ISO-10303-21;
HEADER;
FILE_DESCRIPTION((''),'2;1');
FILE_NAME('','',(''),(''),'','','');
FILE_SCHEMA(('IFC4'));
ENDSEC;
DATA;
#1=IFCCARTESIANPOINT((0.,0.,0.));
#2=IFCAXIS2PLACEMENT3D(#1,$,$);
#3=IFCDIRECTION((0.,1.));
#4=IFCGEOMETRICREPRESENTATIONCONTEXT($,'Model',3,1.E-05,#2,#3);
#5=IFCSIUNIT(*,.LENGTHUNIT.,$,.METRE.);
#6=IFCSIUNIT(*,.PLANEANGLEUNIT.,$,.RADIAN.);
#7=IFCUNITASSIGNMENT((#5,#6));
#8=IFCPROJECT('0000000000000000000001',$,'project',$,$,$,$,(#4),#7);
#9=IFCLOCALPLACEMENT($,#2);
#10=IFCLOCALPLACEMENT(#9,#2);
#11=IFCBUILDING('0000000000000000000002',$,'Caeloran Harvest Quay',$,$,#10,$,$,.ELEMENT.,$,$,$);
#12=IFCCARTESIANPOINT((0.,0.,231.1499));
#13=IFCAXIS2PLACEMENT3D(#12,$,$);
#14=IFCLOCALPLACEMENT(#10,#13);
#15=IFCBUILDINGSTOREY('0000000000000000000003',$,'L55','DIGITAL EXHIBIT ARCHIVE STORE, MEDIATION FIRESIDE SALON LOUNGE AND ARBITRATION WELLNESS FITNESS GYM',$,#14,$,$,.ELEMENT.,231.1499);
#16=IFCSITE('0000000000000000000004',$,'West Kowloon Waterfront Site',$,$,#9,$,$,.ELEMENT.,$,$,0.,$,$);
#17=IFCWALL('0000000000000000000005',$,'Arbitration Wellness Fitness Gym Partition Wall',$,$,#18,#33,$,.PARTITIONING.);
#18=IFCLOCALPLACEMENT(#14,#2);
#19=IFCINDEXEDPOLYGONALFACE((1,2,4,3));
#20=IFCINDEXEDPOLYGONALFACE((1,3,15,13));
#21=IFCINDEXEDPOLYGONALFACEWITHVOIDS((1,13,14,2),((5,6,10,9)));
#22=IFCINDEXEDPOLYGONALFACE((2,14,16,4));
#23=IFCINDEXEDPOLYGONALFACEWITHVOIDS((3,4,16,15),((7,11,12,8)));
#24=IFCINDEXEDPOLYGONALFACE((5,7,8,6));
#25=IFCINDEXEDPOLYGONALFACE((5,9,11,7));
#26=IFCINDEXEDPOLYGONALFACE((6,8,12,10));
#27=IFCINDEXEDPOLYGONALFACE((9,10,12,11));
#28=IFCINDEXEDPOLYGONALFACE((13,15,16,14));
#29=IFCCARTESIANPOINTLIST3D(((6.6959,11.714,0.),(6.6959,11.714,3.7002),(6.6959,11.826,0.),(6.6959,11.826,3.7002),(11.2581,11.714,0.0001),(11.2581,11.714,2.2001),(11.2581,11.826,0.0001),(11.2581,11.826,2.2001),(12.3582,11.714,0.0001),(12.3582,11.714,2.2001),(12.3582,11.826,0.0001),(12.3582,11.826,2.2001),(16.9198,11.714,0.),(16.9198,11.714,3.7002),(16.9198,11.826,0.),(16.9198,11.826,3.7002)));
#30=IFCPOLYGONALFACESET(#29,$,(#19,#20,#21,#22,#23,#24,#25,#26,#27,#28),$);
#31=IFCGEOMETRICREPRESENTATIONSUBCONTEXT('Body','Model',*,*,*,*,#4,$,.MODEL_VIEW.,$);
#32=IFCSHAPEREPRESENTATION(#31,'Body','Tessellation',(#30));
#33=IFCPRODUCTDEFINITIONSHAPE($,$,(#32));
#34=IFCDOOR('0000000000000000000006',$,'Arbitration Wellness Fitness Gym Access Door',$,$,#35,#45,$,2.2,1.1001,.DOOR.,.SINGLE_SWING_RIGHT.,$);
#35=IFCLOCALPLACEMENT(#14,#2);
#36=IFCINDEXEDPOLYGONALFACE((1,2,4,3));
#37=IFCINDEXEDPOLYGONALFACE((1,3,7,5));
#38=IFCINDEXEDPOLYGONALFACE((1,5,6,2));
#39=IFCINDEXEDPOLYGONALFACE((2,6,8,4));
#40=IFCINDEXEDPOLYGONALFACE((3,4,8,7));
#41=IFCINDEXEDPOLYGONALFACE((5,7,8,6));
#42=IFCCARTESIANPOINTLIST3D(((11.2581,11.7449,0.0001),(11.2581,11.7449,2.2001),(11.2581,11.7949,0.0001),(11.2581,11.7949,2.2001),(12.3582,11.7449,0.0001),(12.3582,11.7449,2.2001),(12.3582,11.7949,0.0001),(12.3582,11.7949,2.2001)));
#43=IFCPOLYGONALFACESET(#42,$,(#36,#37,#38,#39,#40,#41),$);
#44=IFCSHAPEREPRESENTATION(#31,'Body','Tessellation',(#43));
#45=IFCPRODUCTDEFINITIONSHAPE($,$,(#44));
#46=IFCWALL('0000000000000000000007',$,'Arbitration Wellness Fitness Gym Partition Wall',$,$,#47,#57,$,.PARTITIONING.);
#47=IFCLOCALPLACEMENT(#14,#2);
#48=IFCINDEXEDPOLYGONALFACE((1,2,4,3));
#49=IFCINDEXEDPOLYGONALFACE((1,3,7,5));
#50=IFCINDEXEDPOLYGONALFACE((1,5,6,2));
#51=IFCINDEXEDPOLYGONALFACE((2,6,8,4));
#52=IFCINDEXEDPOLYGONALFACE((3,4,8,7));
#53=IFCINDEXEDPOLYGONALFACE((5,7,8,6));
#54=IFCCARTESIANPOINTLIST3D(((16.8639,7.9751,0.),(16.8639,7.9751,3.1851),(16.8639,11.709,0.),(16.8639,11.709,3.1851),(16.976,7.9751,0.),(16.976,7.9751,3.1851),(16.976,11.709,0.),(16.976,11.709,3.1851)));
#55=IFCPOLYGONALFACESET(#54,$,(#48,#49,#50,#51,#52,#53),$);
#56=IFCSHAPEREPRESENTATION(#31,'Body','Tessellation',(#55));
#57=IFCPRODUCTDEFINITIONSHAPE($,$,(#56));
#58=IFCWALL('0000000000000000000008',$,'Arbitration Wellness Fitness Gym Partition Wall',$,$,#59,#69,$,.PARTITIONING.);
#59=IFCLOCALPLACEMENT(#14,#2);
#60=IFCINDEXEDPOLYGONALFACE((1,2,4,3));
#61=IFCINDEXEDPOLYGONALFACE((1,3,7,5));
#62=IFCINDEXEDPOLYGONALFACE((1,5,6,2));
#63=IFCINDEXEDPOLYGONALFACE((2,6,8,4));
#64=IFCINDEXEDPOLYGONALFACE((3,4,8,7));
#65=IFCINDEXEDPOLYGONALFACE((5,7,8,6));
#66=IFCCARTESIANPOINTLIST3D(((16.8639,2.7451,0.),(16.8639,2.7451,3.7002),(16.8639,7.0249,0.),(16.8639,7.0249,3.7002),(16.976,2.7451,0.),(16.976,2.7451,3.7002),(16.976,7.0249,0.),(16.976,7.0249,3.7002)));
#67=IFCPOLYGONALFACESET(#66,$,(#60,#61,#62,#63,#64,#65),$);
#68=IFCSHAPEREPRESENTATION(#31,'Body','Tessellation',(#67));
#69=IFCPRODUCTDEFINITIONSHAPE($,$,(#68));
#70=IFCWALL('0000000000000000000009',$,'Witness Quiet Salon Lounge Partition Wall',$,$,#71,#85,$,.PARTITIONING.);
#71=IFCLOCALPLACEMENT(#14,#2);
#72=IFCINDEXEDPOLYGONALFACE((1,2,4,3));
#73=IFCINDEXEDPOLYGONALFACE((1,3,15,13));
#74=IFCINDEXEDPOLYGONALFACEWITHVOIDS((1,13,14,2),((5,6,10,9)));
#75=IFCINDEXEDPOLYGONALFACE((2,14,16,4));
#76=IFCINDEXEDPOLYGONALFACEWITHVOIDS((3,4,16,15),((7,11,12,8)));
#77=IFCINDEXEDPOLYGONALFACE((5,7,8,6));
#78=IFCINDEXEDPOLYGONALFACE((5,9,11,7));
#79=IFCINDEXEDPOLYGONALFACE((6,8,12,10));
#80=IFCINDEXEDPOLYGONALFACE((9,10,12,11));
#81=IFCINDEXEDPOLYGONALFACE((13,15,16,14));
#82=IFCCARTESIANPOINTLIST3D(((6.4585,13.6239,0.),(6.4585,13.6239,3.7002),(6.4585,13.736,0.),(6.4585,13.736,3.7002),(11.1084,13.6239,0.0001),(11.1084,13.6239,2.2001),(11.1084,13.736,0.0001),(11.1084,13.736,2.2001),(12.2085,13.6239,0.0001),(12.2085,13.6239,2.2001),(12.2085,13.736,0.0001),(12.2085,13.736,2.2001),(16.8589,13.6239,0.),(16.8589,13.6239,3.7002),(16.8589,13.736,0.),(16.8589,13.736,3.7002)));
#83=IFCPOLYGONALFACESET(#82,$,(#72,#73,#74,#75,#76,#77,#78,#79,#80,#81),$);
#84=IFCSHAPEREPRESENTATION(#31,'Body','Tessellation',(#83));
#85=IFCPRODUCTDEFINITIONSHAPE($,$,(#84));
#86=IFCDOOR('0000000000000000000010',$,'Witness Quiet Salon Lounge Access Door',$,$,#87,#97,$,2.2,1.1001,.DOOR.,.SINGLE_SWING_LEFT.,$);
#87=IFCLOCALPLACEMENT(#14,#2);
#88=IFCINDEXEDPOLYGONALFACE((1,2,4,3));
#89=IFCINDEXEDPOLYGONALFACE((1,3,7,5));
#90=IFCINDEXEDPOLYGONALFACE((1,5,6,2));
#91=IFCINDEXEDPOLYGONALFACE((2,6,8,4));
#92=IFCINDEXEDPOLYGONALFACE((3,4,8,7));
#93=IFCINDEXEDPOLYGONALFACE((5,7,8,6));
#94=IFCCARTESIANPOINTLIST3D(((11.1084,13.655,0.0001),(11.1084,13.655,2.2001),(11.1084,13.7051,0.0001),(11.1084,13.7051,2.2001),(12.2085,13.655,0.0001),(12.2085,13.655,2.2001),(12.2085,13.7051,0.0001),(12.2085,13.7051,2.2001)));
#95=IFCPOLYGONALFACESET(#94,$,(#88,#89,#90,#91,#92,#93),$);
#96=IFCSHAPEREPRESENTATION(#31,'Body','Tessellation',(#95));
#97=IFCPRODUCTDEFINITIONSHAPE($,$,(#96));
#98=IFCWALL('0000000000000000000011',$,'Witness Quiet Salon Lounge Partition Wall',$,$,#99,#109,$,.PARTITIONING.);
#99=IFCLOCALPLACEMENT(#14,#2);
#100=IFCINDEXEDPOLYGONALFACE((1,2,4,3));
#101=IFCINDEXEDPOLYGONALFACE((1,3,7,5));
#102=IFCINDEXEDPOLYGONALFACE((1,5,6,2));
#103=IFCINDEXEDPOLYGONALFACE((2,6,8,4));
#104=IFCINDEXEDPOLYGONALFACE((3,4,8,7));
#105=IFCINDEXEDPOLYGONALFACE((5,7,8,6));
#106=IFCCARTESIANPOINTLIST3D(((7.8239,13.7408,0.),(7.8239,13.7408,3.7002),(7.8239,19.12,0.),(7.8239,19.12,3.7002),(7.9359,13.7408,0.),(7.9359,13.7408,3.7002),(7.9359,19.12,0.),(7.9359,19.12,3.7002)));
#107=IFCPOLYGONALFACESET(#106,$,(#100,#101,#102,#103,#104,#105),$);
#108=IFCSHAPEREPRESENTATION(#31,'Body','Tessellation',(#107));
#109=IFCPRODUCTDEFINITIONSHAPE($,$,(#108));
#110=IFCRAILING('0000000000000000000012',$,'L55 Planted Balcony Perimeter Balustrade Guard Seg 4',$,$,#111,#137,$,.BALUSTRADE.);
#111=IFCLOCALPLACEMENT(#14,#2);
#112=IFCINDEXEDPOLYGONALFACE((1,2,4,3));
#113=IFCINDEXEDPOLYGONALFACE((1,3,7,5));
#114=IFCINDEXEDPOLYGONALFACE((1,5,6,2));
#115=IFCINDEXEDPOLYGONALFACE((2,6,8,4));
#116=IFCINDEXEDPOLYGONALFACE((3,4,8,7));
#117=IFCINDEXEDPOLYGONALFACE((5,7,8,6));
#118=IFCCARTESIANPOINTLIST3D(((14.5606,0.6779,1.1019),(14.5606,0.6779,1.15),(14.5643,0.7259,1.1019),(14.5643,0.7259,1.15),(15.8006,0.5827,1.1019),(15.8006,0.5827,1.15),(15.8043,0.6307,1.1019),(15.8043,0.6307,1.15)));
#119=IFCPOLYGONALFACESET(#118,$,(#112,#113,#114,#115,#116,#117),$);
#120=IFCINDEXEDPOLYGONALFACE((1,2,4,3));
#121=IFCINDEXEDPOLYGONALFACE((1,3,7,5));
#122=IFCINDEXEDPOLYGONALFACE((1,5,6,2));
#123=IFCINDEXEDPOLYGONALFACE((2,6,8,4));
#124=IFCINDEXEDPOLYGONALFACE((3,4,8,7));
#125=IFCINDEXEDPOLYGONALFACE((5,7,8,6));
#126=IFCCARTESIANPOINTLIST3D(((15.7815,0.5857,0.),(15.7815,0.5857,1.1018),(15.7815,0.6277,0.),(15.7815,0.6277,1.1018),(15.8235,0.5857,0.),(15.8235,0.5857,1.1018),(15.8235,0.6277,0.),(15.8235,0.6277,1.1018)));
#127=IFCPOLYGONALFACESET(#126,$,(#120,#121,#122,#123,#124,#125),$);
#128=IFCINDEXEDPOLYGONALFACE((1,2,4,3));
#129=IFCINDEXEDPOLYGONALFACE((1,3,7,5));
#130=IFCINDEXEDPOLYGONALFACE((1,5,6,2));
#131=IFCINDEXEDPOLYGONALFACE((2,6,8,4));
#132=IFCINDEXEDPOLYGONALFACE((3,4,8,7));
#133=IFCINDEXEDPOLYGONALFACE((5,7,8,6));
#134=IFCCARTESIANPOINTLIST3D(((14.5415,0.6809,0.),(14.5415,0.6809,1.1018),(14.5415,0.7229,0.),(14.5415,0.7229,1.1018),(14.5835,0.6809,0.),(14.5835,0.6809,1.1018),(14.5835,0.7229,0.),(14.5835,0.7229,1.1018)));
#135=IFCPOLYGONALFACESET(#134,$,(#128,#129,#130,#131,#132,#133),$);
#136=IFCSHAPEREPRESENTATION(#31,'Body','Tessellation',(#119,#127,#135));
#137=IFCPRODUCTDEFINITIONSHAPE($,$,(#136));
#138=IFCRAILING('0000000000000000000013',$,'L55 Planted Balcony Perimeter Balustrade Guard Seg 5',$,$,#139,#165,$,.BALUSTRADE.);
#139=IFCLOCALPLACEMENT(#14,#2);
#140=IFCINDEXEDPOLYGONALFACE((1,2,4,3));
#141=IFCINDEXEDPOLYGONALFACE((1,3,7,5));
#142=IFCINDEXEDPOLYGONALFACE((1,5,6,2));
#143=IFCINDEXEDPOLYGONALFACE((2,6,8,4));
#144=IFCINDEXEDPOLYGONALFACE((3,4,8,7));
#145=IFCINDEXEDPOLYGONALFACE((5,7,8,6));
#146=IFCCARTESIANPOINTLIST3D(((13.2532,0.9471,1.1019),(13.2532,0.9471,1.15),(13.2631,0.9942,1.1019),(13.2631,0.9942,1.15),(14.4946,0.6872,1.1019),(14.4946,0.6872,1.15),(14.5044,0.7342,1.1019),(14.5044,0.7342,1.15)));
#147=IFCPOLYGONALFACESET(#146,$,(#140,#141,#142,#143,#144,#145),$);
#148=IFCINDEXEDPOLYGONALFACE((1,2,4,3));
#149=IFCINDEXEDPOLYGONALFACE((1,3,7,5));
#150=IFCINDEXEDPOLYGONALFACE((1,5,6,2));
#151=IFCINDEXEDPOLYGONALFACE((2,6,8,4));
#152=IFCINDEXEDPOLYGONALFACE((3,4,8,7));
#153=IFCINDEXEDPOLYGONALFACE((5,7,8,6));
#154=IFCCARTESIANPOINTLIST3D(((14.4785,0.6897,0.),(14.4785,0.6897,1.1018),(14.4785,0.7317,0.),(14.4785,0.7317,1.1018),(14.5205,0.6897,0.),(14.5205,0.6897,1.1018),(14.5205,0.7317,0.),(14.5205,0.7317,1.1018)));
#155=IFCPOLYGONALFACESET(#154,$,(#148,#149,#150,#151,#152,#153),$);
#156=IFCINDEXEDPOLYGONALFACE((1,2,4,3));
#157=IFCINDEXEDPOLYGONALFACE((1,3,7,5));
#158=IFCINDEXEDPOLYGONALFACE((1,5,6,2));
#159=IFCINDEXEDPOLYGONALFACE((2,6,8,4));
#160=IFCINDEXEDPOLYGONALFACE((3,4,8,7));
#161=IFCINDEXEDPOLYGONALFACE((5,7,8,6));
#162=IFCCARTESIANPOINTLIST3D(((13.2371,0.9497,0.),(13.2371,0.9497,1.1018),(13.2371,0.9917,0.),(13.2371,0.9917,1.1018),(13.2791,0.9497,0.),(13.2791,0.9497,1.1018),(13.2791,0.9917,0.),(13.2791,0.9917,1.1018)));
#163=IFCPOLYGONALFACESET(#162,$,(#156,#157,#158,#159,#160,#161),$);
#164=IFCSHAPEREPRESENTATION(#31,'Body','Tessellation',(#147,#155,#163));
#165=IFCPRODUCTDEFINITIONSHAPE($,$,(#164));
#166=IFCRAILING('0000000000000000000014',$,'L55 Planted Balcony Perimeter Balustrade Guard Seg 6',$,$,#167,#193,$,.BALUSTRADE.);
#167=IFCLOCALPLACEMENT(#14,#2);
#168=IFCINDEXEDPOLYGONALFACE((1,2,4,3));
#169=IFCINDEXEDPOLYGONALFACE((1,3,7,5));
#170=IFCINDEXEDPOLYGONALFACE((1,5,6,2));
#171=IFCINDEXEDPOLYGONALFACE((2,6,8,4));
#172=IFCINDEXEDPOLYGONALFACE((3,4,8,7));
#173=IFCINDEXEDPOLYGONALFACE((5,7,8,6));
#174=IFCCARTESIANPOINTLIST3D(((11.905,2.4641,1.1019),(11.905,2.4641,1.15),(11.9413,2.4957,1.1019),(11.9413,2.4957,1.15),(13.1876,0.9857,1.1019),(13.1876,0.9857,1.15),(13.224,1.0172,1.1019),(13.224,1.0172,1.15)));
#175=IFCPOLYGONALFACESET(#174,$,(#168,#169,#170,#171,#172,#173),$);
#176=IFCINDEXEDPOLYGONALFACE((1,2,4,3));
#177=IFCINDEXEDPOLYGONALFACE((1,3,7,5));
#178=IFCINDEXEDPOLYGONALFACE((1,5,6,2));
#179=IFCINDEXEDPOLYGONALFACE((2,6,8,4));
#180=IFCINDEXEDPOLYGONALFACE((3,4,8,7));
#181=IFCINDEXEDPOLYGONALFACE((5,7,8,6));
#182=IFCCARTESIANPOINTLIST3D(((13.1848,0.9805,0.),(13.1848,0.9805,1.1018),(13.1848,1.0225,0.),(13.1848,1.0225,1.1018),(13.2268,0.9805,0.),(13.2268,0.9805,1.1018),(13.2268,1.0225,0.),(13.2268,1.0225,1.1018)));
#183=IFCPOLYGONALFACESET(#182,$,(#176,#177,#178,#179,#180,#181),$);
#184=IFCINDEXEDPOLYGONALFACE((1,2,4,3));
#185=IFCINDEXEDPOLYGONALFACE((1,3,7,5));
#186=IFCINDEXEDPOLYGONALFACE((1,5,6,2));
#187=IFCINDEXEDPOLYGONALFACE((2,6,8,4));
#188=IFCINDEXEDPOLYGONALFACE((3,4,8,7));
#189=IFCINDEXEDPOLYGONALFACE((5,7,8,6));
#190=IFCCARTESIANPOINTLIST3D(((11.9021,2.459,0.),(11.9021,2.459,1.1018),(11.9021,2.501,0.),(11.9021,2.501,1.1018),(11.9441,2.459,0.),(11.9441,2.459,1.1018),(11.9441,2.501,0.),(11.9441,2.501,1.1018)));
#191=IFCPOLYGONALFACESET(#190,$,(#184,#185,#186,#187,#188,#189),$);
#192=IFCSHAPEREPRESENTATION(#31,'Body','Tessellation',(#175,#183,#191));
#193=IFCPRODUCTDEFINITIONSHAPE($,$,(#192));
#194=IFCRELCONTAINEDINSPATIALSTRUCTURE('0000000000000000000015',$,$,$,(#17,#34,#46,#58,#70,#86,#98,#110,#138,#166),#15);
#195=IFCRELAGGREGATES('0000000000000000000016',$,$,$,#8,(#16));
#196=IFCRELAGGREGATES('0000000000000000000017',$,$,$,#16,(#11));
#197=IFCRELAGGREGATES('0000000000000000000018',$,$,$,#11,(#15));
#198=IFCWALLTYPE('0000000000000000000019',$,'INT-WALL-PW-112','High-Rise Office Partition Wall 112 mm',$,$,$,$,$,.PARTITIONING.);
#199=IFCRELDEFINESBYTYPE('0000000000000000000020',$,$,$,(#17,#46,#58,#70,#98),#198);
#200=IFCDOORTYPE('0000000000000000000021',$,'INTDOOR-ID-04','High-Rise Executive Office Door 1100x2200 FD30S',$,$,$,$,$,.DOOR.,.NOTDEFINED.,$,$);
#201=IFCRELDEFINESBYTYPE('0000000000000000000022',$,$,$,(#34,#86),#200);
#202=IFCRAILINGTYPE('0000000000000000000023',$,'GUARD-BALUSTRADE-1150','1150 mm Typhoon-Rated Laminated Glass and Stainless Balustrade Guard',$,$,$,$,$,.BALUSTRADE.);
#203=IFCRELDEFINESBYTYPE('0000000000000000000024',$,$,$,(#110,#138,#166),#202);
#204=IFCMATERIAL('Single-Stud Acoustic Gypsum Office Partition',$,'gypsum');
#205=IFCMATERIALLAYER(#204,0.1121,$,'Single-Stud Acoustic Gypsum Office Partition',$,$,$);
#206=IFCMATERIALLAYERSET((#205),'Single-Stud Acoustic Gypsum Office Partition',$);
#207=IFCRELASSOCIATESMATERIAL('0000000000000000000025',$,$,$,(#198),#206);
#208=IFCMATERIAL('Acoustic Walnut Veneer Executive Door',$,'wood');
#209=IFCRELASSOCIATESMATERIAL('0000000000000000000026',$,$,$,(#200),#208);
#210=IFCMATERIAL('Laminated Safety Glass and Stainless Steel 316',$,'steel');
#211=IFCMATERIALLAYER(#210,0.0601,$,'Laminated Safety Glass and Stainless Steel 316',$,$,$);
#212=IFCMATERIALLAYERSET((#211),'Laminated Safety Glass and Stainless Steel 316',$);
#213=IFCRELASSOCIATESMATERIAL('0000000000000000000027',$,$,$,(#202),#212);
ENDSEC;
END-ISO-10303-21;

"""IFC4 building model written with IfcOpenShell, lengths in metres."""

from ifc_helpers import new_model, si_unit, direction, frame, frame_2d, origin, origin_2d, place, context, subcontext, project, spatial, rectangle, extrude, material, layer, layer_set, type_object, element, fill, save


model = new_model("IFC4")

# Units and contexts
model_context = context("Model", 3, precision=1e-05, world=origin(), true_north=direction((0.0, 1.0)))
body_context = subcontext(model_context, "Body", "Model", "MODEL_VIEW")
ifc_project = project(units=[si_unit("LENGTHUNIT", "METRE"), si_unit("PLANEANGLEUNIT", "RADIAN")], contexts=[model_context])

# Site, building, storey
site_placement = place(None, origin())
site = spatial("IfcSite", under=ifc_project, at=site_placement, Name="West Kowloon Waterfront Site", CompositionType="ELEMENT", RefElevation=0.0)
building_placement = place(site_placement, origin())
building = spatial("IfcBuilding", under=site, at=building_placement, Name="Caeloran Harvest Quay", CompositionType="ELEMENT")
storey_placement = place(building_placement, frame((0.0, 0.0, 231.1499)))
storey = spatial("IfcBuildingStorey", under=building, at=storey_placement, Name="L55", Description="DIGITAL EXHIBIT ARCHIVE STORE, MEDIATION FIRESIDE SALON LOUNGE AND ARBITRATION WELLNESS FITNESS GYM", CompositionType="ELEMENT", Elevation=231.1499)

# Wall, opening, door
ifc_material_1 = material(Name="Single-Stud Acoustic Gypsum Office Partition", Category="gypsum")
ifc_layer_1 = layer(ifc_material_1, 0.1121, Name="Single-Stud Acoustic Gypsum Office Partition")
ifc_layer_set_1 = layer_set([ifc_layer_1], Name="Single-Stud Acoustic Gypsum Office Partition")
wall_type_1 = type_object("IfcWallType", Name="INT-WALL-PW-112", Description="High-Rise Office Partition Wall 112 mm", PredefinedType="PARTITIONING", material=ifc_layer_set_1)
wall_1_placement = place(storey_placement, frame((6.696, 11.77, 0.0), z_axis=(0.0, 0.0, 1.0), x_axis=(1.0, 0.0, 0.0)))
wall_1 = element("IfcWall", 1, at=wall_1_placement, inside=storey, type_object=wall_type_1, Name="Arbitration Wellness Fitness Gym Partition Wall", PredefinedType="PARTITIONING", context=body_context, shape_type="SweptSolid", body=[
    extrude(rectangle(XDim=10.2239, YDim=0.1121, at=frame_2d((5.1118, 0.0))), origin(), (0.0, 0.0, 1.0), 3.7002),
])
opening_1_placement = place(wall_1_placement, frame((4.562, 0.0, 0.0)))
opening_1 = element("IfcOpeningElement", 2, at=opening_1_placement, cuts=wall_1, PredefinedType="OPENING", context=body_context, shape_type="SweptSolid", body=[
    extrude(rectangle(XDim=1.1001, YDim=2.2, at=frame_2d((0.55, 1.1001))), frame((0.0, 0.0659, 0.0), z_axis=(0.0, -1.0, 0.0), x_axis=(1.0, 0.0, 0.0)), (0.0, 0.0, 1.0), 0.1321),
])
ifc_material_2 = material(Name="Acoustic Walnut Veneer Executive Door", Category="wood")
door_type = type_object("IfcDoorType", Name="INTDOOR-ID-04", Description="High-Rise Executive Office Door 1100x2200 FD30S", OperationType="NOTDEFINED", PredefinedType="DOOR", material=ifc_material_2)
door_1_placement = place(opening_1_placement, origin())
door_1 = element("IfcDoor", 3, at=door_1_placement, inside=storey, type_object=door_type, Name="Arbitration Wellness Fitness Gym Access Door", OperationType="SINGLE_SWING_RIGHT", OverallHeight=2.2, OverallWidth=1.1001, PredefinedType="DOOR", context=body_context, shape_type="SweptSolid", body=[
    extrude(rectangle(XDim=1.1001, YDim=2.2, at=frame_2d((0.55, 1.1001))), frame((0.0, 0.0249, 0.0), z_axis=(0.0, -1.0, 0.0), x_axis=(1.0, 0.0, 0.0)), (0.0, 0.0, 1.0), 0.05),
])
fill(opening_1, door_1)

# Walls
wall_2_placement = place(storey_placement, frame((16.9199, 11.709, 0.0), z_axis=(0.0, 0.0, 1.0), x_axis=(0.0, -1.0, 0.0)))
element("IfcWall", 4, at=wall_2_placement, inside=storey, type_object=wall_type_1, Name="Arbitration Wellness Fitness Gym Partition Wall", PredefinedType="PARTITIONING", context=body_context, shape_type="SweptSolid", body=[
    extrude(rectangle(XDim=3.7339, YDim=0.1121, at=frame_2d((1.8669, 0.0))), origin(), (0.0, 0.0, 1.0), 3.1851),
])
wall_3_placement = place(storey_placement, frame((16.9199, 7.0249, 0.0), z_axis=(0.0, 0.0, 1.0), x_axis=(0.0, -1.0, 0.0)))
element("IfcWall", 5, at=wall_3_placement, inside=storey, type_object=wall_type_1, Name="Arbitration Wellness Fitness Gym Partition Wall", PredefinedType="PARTITIONING", context=body_context, shape_type="SweptSolid", body=[
    extrude(rectangle(XDim=4.2798, YDim=0.1121, at=frame_2d((2.1399, 0.0))), origin(), (0.0, 0.0, 1.0), 3.7002),
])

# Wall, opening, door
wall_4_placement = place(storey_placement, frame((16.8589, 13.6799, 0.0), z_axis=(0.0, 0.0, 1.0), x_axis=(-1.0, 0.0, 0.0)))
wall_4 = element("IfcWall", 6, at=wall_4_placement, inside=storey, type_object=wall_type_1, Name="Witness Quiet Salon Lounge Partition Wall", PredefinedType="PARTITIONING", context=body_context, shape_type="SweptSolid", body=[
    extrude(rectangle(XDim=10.4004, YDim=0.1121, at=frame_2d((5.2002, 0.0))), origin(), (0.0, 0.0, 1.0), 3.7002),
])
opening_2_placement = place(wall_4_placement, frame((4.6504, 0.0, 0.0)))
opening_2 = element("IfcOpeningElement", 7, at=opening_2_placement, cuts=wall_4, PredefinedType="OPENING", context=body_context, shape_type="SweptSolid", body=[
    extrude(rectangle(XDim=1.1001, YDim=2.2, at=frame_2d((0.55, 1.1001))), frame((0.0, 0.0659, 0.0), z_axis=(0.0, -1.0, 0.0), x_axis=(1.0, 0.0, 0.0)), (0.0, 0.0, 1.0), 0.1321),
])
door_2_placement = place(opening_2_placement, origin())
door_2 = element("IfcDoor", 8, at=door_2_placement, inside=storey, type_object=door_type, Name="Witness Quiet Salon Lounge Access Door", OperationType="SINGLE_SWING_LEFT", OverallHeight=2.2, OverallWidth=1.1001, PredefinedType="DOOR", context=body_context, shape_type="SweptSolid", body=[
    extrude(rectangle(XDim=1.1001, YDim=2.2, at=frame_2d((0.55, 1.1001))), frame((0.0, 0.0249, 0.0), z_axis=(0.0, -1.0, 0.0), x_axis=(1.0, 0.0, 0.0)), (0.0, 0.0, 1.0), 0.05),
])
fill(opening_2, door_2)

# Wall
wall_5_placement = place(storey_placement, frame((7.8799, 13.741, 0.0), z_axis=(0.0, 0.0, 1.0), x_axis=(0.0, 1.0, 0.0)))
element("IfcWall", 9, at=wall_5_placement, inside=storey, type_object=wall_type_1, Name="Witness Quiet Salon Lounge Partition Wall", PredefinedType="PARTITIONING", context=body_context, shape_type="SweptSolid", body=[
    extrude(rectangle(XDim=5.3792, YDim=0.1121, at=frame_2d((2.6895, 0.0))), origin(), (0.0, 0.0, 1.0), 3.7002),
])

# Railings
ifc_material_3 = material(Name="Laminated Safety Glass and Stainless Steel 316", Category="steel")
ifc_layer_2 = layer(ifc_material_3, 0.0601, Name="Laminated Safety Glass and Stainless Steel 316")
ifc_layer_set_2 = layer_set([ifc_layer_2], Name="Laminated Safety Glass and Stainless Steel 316")
railing_type = type_object("IfcRailingType", Name="GUARD-BALUSTRADE-1150", Description="1150 mm Typhoon-Rated Laminated Glass and Stainless Balustrade Guard", PredefinedType="BALUSTRADE", material=ifc_layer_set_2)
railing_1_placement = place(storey_placement, frame((15.8025, 0.6067, 0.0)))
element("IfcRailing", 10, at=railing_1_placement, inside=storey, type_object=railing_type, Name="L55 Planted Balcony Perimeter Balustrade Guard Seg 4", PredefinedType="BALUSTRADE", context=body_context, shape_type="SweptSolid", body=[
    extrude(rectangle(XDim=0.0481, YDim=0.0481, at=origin_2d()), frame((0.0, 0.0, 1.126), z_axis=(-0.997065, 0.076561, 0.0), x_axis=(-0.076561, -0.997065, 0.0)), (0.0, 0.0, 1.0), 1.2437),
    extrude(rectangle(XDim=0.042, YDim=0.042, at=origin_2d()), origin(), (0.0, 0.0, 1.0), 1.1018),
    extrude(rectangle(XDim=0.042, YDim=0.042, at=origin_2d()), frame((-1.24, 0.0952, 0.0)), (0.0, 0.0, 1.0), 1.1018),
])
railing_2_placement = place(storey_placement, frame((14.4995, 0.7107, 0.0)))
element("IfcRailing", 11, at=railing_2_placement, inside=storey, type_object=railing_type, Name="L55 Planted Balcony Perimeter Balustrade Guard Seg 5", PredefinedType="BALUSTRADE", context=body_context, shape_type="SweptSolid", body=[
    extrude(rectangle(XDim=0.0481, YDim=0.0481, at=origin_2d()), frame((0.0, 0.0, 1.126), z_axis=(-0.978764, 0.204992, 0.0), x_axis=(-0.204992, -0.978764, 0.0)), (0.0, 0.0, 1.0), 1.2683),
    extrude(rectangle(XDim=0.042, YDim=0.042, at=origin_2d()), origin(), (0.0, 0.0, 1.0), 1.1018),
    extrude(rectangle(XDim=0.042, YDim=0.042, at=origin_2d()), frame((-1.2415, 0.26, 0.0)), (0.0, 0.0, 1.0), 1.1018),
])
railing_3_placement = place(storey_placement, frame((13.2058, 1.0015, 0.0)))
element("IfcRailing", 12, at=railing_3_placement, inside=storey, type_object=railing_type, Name="L55 Planted Balcony Perimeter Balustrade Guard Seg 6", PredefinedType="BALUSTRADE", context=body_context, shape_type="SweptSolid", body=[
    extrude(rectangle(XDim=0.0481, YDim=0.0481, at=origin_2d()), frame((0.0, 0.0, 1.126), z_axis=(-0.65532, 0.755352, 0.0), x_axis=(-0.755352, -0.65532, 0.0)), (0.0, 0.0, 1.0), 1.9573),
    extrude(rectangle(XDim=0.042, YDim=0.042, at=origin_2d()), origin(), (0.0, 0.0, 1.0), 1.1018),
    extrude(rectangle(XDim=0.042, YDim=0.042, at=origin_2d()), frame((-1.2827, 1.4785, 0.0)), (0.0, 0.0, 1.0), 1.1018),
])

save(model, "model.ifc")
